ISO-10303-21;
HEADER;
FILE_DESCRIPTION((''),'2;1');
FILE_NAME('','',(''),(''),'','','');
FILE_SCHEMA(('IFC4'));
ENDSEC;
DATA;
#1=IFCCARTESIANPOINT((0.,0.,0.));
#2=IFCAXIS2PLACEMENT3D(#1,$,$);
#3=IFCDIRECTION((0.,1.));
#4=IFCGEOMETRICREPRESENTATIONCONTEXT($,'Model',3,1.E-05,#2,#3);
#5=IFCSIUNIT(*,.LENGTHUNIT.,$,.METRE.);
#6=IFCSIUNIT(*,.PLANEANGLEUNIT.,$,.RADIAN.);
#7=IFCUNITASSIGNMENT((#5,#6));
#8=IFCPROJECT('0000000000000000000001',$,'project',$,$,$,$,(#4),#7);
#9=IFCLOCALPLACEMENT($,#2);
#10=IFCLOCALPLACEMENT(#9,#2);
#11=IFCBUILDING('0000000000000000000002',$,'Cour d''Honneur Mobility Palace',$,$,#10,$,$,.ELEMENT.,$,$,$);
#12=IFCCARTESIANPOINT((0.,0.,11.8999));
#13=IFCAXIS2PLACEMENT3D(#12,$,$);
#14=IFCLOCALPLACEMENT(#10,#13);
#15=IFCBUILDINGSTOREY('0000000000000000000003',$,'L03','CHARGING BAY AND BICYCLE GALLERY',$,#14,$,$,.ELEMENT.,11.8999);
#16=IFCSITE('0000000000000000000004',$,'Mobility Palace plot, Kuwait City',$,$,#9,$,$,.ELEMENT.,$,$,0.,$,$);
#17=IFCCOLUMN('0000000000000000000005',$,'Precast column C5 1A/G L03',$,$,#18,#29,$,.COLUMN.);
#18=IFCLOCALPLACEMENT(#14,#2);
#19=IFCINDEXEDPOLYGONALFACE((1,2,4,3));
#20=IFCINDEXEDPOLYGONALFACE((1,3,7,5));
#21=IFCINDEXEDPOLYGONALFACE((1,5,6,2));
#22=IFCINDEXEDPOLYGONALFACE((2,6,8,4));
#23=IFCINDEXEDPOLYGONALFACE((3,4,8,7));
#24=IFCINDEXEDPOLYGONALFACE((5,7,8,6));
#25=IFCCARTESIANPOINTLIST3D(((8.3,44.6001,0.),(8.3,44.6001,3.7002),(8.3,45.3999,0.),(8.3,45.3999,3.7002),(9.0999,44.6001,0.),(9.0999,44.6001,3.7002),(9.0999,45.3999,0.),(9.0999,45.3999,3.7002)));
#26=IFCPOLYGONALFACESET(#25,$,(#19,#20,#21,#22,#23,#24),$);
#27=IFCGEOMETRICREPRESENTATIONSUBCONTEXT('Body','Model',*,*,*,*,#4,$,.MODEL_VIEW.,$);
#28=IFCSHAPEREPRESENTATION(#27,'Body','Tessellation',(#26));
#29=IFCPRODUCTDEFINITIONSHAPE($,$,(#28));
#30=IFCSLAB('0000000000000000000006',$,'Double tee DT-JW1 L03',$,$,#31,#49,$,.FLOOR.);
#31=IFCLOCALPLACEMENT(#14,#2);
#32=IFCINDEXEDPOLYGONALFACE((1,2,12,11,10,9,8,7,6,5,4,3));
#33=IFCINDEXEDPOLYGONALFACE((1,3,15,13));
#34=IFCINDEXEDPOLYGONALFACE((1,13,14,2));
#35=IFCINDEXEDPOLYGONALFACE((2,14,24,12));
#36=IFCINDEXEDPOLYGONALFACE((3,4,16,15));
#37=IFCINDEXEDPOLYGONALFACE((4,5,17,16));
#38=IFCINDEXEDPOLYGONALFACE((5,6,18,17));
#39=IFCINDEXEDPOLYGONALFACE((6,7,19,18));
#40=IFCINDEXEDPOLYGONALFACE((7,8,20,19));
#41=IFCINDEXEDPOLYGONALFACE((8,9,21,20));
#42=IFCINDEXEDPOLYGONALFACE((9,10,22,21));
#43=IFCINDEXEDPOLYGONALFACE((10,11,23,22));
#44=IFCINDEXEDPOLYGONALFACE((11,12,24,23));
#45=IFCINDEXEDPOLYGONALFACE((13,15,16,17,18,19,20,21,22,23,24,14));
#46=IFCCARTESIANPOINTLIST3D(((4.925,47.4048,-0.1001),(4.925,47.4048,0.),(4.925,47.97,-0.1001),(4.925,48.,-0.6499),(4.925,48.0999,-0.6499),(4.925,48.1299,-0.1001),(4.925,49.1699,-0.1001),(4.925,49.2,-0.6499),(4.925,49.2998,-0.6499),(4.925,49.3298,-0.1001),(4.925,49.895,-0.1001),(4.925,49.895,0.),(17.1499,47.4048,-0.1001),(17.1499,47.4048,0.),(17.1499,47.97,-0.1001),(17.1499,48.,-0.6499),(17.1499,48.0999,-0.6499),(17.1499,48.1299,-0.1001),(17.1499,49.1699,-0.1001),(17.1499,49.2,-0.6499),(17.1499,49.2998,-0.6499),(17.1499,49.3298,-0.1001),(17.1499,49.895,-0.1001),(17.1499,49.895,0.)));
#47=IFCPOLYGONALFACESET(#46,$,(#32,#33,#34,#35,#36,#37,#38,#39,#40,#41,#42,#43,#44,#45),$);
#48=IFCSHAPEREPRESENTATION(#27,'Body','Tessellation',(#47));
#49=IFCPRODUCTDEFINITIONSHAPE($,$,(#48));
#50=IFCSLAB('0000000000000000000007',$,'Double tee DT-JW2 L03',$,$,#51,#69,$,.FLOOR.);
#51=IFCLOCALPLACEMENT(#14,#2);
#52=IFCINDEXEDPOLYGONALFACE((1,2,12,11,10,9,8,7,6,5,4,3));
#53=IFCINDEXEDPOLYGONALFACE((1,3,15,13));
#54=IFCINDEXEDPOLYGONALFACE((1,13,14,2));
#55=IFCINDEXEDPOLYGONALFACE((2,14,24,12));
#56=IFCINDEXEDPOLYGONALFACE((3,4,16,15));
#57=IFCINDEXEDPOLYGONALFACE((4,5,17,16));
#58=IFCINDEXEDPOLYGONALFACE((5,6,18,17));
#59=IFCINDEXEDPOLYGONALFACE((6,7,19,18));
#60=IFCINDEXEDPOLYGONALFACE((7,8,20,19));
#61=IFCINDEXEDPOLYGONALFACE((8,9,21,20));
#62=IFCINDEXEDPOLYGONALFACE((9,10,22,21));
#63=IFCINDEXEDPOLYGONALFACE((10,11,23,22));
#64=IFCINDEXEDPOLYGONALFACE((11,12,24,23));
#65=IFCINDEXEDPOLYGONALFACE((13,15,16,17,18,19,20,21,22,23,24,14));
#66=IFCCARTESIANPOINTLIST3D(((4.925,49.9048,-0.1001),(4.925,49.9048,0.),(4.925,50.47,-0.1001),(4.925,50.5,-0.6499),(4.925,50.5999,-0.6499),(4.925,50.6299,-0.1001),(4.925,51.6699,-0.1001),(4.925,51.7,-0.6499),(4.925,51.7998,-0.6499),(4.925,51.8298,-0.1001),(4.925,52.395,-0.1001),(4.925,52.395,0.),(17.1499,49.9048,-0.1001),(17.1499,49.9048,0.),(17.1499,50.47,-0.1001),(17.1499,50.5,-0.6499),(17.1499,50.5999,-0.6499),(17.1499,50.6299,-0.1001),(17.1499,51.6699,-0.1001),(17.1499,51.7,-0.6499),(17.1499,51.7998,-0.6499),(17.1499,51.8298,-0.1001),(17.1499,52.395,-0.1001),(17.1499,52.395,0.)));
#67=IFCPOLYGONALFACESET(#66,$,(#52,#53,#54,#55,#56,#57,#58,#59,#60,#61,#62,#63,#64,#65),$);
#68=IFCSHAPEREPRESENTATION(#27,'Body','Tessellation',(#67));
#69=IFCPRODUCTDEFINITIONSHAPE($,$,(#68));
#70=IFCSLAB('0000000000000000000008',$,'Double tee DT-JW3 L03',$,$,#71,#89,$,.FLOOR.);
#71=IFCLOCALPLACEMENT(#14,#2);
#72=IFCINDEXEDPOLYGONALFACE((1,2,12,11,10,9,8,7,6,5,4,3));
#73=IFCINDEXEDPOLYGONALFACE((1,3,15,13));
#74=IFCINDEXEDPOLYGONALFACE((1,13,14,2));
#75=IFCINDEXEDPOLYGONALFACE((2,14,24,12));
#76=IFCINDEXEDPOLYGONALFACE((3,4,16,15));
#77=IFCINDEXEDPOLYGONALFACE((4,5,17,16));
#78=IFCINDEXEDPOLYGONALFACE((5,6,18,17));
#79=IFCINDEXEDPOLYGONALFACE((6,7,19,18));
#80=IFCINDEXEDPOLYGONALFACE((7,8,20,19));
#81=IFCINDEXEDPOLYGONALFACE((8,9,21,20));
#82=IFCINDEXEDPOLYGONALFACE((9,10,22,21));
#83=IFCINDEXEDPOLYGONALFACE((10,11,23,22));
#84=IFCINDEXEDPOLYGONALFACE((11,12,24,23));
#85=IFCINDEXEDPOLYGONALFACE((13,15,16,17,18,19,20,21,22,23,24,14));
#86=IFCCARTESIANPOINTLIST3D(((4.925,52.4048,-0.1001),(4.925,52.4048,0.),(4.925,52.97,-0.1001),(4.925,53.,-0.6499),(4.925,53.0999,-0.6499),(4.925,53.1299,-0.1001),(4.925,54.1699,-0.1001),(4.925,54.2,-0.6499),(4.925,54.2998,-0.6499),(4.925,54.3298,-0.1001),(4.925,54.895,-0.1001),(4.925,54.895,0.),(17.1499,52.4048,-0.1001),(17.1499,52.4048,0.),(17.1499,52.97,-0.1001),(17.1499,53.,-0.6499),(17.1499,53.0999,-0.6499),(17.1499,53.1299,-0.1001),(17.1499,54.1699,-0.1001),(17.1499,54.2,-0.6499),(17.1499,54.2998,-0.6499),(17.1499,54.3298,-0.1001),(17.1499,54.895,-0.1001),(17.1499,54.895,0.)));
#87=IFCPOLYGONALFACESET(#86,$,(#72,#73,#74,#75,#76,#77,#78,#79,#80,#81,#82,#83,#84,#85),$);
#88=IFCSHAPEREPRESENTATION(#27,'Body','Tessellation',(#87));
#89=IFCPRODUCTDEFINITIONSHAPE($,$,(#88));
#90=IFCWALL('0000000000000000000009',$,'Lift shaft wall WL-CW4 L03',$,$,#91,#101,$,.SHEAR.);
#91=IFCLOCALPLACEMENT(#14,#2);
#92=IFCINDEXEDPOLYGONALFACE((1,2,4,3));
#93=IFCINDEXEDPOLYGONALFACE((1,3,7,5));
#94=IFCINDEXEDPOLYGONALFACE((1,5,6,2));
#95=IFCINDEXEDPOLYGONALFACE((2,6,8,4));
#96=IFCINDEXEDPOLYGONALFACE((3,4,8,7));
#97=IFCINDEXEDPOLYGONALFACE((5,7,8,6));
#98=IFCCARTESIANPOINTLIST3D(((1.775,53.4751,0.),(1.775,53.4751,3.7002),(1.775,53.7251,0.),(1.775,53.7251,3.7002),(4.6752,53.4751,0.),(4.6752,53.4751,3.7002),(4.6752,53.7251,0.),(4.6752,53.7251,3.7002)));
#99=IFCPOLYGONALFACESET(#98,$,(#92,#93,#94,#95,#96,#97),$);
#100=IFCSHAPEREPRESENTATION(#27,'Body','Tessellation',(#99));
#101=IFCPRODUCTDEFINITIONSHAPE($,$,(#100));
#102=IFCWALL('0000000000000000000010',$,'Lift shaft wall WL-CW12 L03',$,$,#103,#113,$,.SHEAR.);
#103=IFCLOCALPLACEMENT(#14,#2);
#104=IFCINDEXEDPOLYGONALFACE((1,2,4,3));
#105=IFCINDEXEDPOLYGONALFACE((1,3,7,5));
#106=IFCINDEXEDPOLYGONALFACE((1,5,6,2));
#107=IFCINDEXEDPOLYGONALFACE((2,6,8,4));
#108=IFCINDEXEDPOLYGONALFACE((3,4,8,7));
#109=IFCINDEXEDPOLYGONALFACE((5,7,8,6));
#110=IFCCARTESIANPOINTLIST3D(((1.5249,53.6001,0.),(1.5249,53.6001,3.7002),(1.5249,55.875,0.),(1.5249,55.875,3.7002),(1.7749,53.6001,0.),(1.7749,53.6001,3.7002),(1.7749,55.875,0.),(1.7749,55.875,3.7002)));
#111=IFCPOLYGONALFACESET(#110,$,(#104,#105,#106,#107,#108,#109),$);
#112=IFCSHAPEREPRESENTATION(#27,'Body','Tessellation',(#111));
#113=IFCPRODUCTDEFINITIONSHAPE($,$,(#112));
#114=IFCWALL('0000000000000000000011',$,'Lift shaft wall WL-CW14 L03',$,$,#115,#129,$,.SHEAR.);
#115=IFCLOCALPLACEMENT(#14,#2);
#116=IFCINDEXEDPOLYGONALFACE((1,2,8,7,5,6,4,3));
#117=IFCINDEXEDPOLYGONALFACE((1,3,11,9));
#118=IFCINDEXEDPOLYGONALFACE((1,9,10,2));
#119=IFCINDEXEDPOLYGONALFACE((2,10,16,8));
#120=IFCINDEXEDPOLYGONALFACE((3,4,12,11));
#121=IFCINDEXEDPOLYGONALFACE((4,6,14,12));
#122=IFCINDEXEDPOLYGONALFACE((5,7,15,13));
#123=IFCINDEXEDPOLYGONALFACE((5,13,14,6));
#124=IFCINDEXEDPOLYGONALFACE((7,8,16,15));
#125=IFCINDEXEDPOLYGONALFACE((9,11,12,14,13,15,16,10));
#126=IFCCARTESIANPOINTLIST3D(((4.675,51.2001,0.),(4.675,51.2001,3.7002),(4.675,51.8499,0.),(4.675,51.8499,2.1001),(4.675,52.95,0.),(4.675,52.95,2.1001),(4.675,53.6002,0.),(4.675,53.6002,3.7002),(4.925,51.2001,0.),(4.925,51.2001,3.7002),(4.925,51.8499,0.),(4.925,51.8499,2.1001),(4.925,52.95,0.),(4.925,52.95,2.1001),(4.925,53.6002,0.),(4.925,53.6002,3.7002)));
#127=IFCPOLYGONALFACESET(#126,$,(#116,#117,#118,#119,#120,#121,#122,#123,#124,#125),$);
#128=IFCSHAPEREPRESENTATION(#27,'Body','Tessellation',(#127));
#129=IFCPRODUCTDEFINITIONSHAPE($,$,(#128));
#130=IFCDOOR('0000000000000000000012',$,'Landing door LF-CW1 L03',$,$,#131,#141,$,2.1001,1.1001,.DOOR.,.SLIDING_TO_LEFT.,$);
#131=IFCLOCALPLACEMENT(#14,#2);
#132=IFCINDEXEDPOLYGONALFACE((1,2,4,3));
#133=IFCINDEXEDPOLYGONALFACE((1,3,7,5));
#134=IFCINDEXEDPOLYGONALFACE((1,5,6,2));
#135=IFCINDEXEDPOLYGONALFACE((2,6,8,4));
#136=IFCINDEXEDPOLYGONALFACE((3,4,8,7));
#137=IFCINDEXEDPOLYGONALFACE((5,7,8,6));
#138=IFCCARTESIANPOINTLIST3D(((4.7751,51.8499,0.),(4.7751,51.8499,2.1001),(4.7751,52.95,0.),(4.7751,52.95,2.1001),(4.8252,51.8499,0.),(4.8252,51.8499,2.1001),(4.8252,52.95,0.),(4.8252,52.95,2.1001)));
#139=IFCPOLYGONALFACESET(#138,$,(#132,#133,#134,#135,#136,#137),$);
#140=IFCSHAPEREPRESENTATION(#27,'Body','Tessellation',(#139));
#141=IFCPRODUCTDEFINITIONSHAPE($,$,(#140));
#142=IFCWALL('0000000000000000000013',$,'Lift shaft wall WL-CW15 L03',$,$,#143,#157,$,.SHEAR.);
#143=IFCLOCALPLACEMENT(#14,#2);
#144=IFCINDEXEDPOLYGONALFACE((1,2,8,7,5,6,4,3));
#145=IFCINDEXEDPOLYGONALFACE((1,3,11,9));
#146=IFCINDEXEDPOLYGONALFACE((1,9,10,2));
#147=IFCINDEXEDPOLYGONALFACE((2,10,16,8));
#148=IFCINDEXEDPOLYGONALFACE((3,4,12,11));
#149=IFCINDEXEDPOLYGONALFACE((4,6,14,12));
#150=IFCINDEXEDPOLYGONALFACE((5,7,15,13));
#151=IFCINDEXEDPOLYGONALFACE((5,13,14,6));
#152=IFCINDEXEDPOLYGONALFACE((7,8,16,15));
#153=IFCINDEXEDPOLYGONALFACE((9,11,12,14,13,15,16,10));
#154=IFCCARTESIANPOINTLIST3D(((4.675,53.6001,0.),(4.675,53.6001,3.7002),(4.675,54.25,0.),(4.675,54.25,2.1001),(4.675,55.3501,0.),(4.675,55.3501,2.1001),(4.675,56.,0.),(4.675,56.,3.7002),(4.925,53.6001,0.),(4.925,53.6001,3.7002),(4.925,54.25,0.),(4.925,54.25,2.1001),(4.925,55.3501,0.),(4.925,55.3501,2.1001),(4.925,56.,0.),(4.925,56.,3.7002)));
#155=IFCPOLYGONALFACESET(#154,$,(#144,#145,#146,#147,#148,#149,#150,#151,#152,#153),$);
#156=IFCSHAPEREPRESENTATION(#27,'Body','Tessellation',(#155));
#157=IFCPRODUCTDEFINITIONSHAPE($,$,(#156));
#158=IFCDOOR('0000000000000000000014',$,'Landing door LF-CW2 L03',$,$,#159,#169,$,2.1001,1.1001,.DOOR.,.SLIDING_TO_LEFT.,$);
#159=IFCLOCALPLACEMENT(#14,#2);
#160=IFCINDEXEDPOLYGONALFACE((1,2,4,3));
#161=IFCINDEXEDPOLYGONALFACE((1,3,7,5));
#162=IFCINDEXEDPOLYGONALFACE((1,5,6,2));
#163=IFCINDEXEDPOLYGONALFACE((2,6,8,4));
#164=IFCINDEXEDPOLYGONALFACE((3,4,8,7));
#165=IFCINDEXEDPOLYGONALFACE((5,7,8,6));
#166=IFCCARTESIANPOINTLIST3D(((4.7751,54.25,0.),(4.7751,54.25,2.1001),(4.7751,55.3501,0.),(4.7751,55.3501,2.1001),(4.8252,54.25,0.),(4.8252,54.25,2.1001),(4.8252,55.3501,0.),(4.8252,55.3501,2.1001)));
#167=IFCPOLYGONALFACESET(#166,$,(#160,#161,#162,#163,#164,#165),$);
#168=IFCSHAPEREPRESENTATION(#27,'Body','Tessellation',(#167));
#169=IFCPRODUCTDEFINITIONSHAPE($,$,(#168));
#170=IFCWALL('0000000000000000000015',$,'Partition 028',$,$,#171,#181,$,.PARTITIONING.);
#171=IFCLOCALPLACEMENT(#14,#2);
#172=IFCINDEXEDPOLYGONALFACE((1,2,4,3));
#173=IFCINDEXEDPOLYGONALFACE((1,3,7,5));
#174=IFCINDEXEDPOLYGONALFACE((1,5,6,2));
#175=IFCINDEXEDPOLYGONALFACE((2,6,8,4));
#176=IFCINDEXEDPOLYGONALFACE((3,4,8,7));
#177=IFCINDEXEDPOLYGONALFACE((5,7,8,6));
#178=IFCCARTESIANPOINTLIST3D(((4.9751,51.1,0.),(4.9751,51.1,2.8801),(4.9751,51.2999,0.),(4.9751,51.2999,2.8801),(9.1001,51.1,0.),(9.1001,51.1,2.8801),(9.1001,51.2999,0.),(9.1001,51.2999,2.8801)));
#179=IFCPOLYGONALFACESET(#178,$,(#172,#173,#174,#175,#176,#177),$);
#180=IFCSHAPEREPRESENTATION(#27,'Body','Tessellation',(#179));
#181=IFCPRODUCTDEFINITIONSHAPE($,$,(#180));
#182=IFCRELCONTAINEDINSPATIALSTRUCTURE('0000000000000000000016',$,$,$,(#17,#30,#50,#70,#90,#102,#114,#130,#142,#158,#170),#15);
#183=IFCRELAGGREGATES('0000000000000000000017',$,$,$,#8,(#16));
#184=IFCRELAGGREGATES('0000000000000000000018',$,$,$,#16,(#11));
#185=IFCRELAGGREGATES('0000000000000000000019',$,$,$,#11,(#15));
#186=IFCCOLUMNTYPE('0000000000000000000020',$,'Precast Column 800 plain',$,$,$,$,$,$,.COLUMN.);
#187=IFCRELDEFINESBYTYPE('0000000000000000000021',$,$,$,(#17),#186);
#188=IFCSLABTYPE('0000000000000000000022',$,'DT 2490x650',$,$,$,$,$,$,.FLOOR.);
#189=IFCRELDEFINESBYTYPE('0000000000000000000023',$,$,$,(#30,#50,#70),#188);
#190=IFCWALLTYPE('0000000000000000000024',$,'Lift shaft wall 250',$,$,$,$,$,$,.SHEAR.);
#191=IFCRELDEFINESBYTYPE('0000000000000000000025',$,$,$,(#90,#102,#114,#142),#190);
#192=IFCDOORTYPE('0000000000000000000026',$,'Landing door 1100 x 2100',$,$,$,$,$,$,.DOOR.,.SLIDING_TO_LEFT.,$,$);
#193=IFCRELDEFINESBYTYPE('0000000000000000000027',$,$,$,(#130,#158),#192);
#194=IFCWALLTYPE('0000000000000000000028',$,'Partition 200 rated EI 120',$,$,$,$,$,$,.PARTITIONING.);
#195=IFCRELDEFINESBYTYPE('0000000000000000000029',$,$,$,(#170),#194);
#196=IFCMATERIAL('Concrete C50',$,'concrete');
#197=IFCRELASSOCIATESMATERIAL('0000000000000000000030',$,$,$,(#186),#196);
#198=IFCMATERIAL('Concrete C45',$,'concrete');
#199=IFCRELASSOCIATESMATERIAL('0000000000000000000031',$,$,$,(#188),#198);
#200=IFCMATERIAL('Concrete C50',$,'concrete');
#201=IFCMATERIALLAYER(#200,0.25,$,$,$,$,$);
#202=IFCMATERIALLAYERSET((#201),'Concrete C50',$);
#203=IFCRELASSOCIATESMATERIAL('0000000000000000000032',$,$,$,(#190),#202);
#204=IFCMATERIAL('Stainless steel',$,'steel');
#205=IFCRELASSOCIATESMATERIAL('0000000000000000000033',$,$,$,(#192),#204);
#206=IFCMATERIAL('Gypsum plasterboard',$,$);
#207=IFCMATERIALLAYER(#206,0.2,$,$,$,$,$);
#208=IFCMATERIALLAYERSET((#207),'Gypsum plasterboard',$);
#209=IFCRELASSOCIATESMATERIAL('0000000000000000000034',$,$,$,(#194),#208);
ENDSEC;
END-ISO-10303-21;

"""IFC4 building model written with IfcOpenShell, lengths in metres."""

from ifc_helpers import new_model, si_unit, direction, frame, frame_2d, origin, place, context, subcontext, project, spatial, polyline, rectangle, outline, extrude, material, layer, layer_set, material_profile, profile_set, type_object, element, fill, save


model = new_model("IFC4")

# Units and contexts
model_context = context("Model", 3, precision=1e-05, world=origin(), true_north=direction((0.0, 1.0)))
body_context = subcontext(model_context, "Body", "Model", "MODEL_VIEW")
ifc_project = project(units=[si_unit("LENGTHUNIT", "METRE"), si_unit("PLANEANGLEUNIT", "RADIAN")], contexts=[model_context])

# Site, building, storey
site_placement = place(None, origin())
site = spatial("IfcSite", under=ifc_project, at=site_placement, Name="Mobility Palace plot, Kuwait City", CompositionType="ELEMENT", RefElevation=0.0)
building_placement = place(site_placement, origin())
building = spatial("IfcBuilding", under=site, at=building_placement, Name="Cour d'Honneur Mobility Palace", CompositionType="ELEMENT")
storey_placement = place(building_placement, frame((0.0, 0.0, 11.8999)))
storey = spatial("IfcBuildingStorey", under=building, at=storey_placement, Name="L03", Description="CHARGING BAY AND BICYCLE GALLERY", CompositionType="ELEMENT", Elevation=11.8999)

# Column
ifc_material_1 = material(Name="Concrete C50", Category="concrete")
ifc_material_profile_1 = material_profile(ifc_material_1, outline(polyline([(-0.3999, -0.3999), (0.3999, -0.3999), (0.3999, 0.3999), (-0.3999, 0.3999), (-0.3999, -0.3999)])), Name="PC C800 plain")
ifc_profile_set_1 = profile_set([ifc_material_profile_1], Name="Concrete C50")
column_type = type_object("IfcColumnType", Name="Precast Column 800 plain", PredefinedType="COLUMN", material=ifc_profile_set_1)
column_placement = place(storey_placement, frame((8.7, 45.0, 0.0), z_axis=(0.0, 0.0, 1.0), x_axis=(1.0, 0.0, 0.0)))
element("IfcColumn", 1, at=column_placement, inside=storey, type_object=column_type, Name="Precast column C5 1A/G L03", PredefinedType="COLUMN", context=body_context, shape_type="SweptSolid", body=[
    extrude(outline(polyline([(-0.3999, -0.3999), (0.3999, -0.3999), (0.3999, 0.3999), (-0.3999, 0.3999), (-0.3999, -0.3999)])), origin(), (0.0, 0.0, 1.0), 3.7002),
])

# Slabs
ifc_material_2 = material(Name="Concrete C45", Category="concrete")
ifc_material_profile_2 = material_profile(ifc_material_2, outline(polyline([(-1.2451, 0.0), (1.2451, 0.0), (1.2451, -0.1001), (0.6799, -0.1001), (0.6499, -0.6499), (0.55, -0.6499), (0.52, -0.1001), (-0.52, -0.1001), (-0.55, -0.6499), (-0.6499, -0.6499), (-0.6799, -0.1001), (-1.2451, -0.1001), (-1.2451, 0.0)])), Name="DT 2490x650")
ifc_profile_set_2 = profile_set([ifc_material_profile_2], Name="Concrete C45")
slab_type = type_object("IfcSlabType", Name="DT 2490x650", PredefinedType="FLOOR", material=ifc_profile_set_2)
for number, where, z_axis, x_axis, name in (
    (2, (4.925, 48.6499, 0.0), (1.0, 0.0, 0.0), (0.0, 1.0, 0.0), "Double tee DT-JW1 L03"),
    (3, (4.925, 51.1499, 0.0), (1.0, 0.0, 0.0), (0.0, 1.0, 0.0), "Double tee DT-JW2 L03"),
    (4, (4.925, 53.6499, 0.0), (1.0, 0.0, 0.0), (0.0, 1.0, 0.0), "Double tee DT-JW3 L03"),
):
    element("IfcSlab", number, at=place(storey_placement, frame(where, z_axis=z_axis, x_axis=x_axis)), inside=storey, type_object=slab_type, Name=name, PredefinedType="FLOOR", context=body_context, shape_type="SweptSolid", body=[
        extrude(outline(polyline([(-1.2451, 0.0), (1.2451, 0.0), (1.2451, -0.1001), (0.6799, -0.1001), (0.6499, -0.6499), (0.55, -0.6499), (0.52, -0.1001), (-0.52, -0.1001), (-0.55, -0.6499), (-0.6499, -0.6499), (-0.6799, -0.1001), (-1.2451, -0.1001), (-1.2451, 0.0)])), origin(), (0.0, 0.0, 1.0), 12.2249),
    ])

# Walls
ifc_material_3 = material(Name="Concrete C50", Category="concrete")
ifc_layer_1 = layer(ifc_material_3, 0.25)
ifc_layer_set_1 = layer_set([ifc_layer_1], Name="Concrete C50")
wall_type_1 = type_object("IfcWallType", Name="Lift shaft wall 250", PredefinedType="SHEAR", material=ifc_layer_set_1)
wall_1_placement = place(storey_placement, frame((1.7749, 53.6001, 0.0), z_axis=(0.0, 0.0, 1.0), x_axis=(1.0, 0.0, 0.0)))
element("IfcWall", 5, at=wall_1_placement, inside=storey, type_object=wall_type_1, Name="Lift shaft wall WL-CW4 L03", PredefinedType="SHEAR", context=body_context, shape_type="SweptSolid", body=[
    extrude(rectangle(XDim=2.9001, YDim=0.25, at=frame_2d((1.4502, 0.0))), origin(), (0.0, 0.0, 1.0), 3.7002),
])
wall_2_placement = place(storey_placement, frame((1.6499, 53.6001, 0.0), z_axis=(0.0, 0.0, 1.0), x_axis=(0.0, 1.0, 0.0)))
element("IfcWall", 6, at=wall_2_placement, inside=storey, type_object=wall_type_1, Name="Lift shaft wall WL-CW12 L03", PredefinedType="SHEAR", context=body_context, shape_type="SweptSolid", body=[
    extrude(rectangle(XDim=2.2749, YDim=0.25, at=frame_2d((1.1375, 0.0))), origin(), (0.0, 0.0, 1.0), 3.7002),
])

# Walls, openings, doors
wall_3_placement = place(storey_placement, frame((4.8, 51.2, 0.0), z_axis=(0.0, 0.0, 1.0), x_axis=(0.0, 1.0, 0.0)))
wall_3 = element("IfcWall", 7, at=wall_3_placement, inside=storey, type_object=wall_type_1, Name="Lift shaft wall WL-CW14 L03", PredefinedType="SHEAR", context=body_context, shape_type="SweptSolid", body=[
    extrude(rectangle(XDim=2.4001, YDim=0.25, at=frame_2d((1.2002, 0.0))), origin(), (0.0, 0.0, 1.0), 3.7002),
])
opening_1_placement = place(wall_3_placement, frame((0.6499, 0.0, 0.0)))
opening_1 = element("IfcOpeningElement", 8, at=opening_1_placement, cuts=wall_3, PredefinedType="OPENING", context=body_context, shape_type="SweptSolid", body=[
    extrude(rectangle(XDim=1.1001, YDim=2.1001, at=frame_2d((0.55, 1.05))), frame((0.0, 0.135, 0.0), z_axis=(0.0, -1.0, 0.0), x_axis=(1.0, 0.0, 0.0)), (0.0, 0.0, 1.0), 0.27),
])
ifc_material_4 = material(Name="Stainless steel", Category="steel")
door_type_1 = type_object("IfcDoorType", Name="Landing door 1100 x 2100", OperationType="SLIDING_TO_LEFT", PredefinedType="DOOR", material=ifc_material_4)
door_1_placement = place(opening_1_placement, origin())
door_1 = element("IfcDoor", 9, at=door_1_placement, inside=storey, type_object=door_type_1, Name="Landing door LF-CW1 L03", OperationType="SLIDING_TO_LEFT", OverallHeight=2.1001, OverallWidth=1.1001, PredefinedType="DOOR", context=body_context, shape_type="SweptSolid", body=[
    extrude(rectangle(XDim=1.1001, YDim=2.1001, at=frame_2d((0.55, 1.05))), frame((0.0, 0.0249, 0.0), z_axis=(0.0, -1.0, 0.0), x_axis=(1.0, 0.0, 0.0)), (0.0, 0.0, 1.0), 0.05),
])
fill(opening_1, door_1)
wall_4_placement = place(storey_placement, frame((4.8, 53.6001, 0.0), z_axis=(0.0, 0.0, 1.0), x_axis=(0.0, 1.0, 0.0)))
wall_4 = element("IfcWall", 10, at=wall_4_placement, inside=storey, type_object=wall_type_1, Name="Lift shaft wall WL-CW15 L03", PredefinedType="SHEAR", context=body_context, shape_type="SweptSolid", body=[
    extrude(rectangle(XDim=2.3999, YDim=0.25, at=frame_2d((1.2, 0.0))), origin(), (0.0, 0.0, 1.0), 3.7002),
])
opening_2_placement = place(wall_4_placement, frame((0.6499, 0.0, 0.0)))
opening_2 = element("IfcOpeningElement", 11, at=opening_2_placement, cuts=wall_4, PredefinedType="OPENING", context=body_context, shape_type="SweptSolid", body=[
    extrude(rectangle(XDim=1.1001, YDim=2.1001, at=frame_2d((0.55, 1.05))), frame((0.0, 0.135, 0.0), z_axis=(0.0, -1.0, 0.0), x_axis=(1.0, 0.0, 0.0)), (0.0, 0.0, 1.0), 0.27),
])
door_2_placement = place(opening_2_placement, origin())
door_2 = element("IfcDoor", 12, at=door_2_placement, inside=storey, type_object=door_type_1, Name="Landing door LF-CW2 L03", OperationType="SLIDING_TO_LEFT", OverallHeight=2.1001, OverallWidth=1.1001, PredefinedType="DOOR", context=body_context, shape_type="SweptSolid", body=[
    extrude(rectangle(XDim=1.1001, YDim=2.1001, at=frame_2d((0.55, 1.05))), frame((0.0, 0.0249, 0.0), z_axis=(0.0, -1.0, 0.0), x_axis=(1.0, 0.0, 0.0)), (0.0, 0.0, 1.0), 0.05),
])
fill(opening_2, door_2)

# Wall
ifc_material_5 = material(Name="Gypsum plasterboard")
ifc_layer_2 = layer(ifc_material_5, 0.2)
ifc_layer_set_2 = layer_set([ifc_layer_2], Name="Gypsum plasterboard")
wall_type_2 = type_object("IfcWallType", Name="Partition 200 rated EI 120", PredefinedType="PARTITIONING", material=ifc_layer_set_2)
wall_5_placement = place(storey_placement, frame((4.9751, 51.2, 0.0), z_axis=(0.0, 0.0, 1.0), x_axis=(1.0, 0.0, 0.0)))
element("IfcWall", 13, at=wall_5_placement, inside=storey, type_object=wall_type_2, Name="Partition 028", PredefinedType="PARTITIONING", context=body_context, shape_type="SweptSolid", body=[
    extrude(rectangle(XDim=4.125, YDim=0.2, at=frame_2d((2.0625, 0.0))), origin(), (0.0, 0.0, 1.0), 2.8801),
])

save(model, "model.ifc")
